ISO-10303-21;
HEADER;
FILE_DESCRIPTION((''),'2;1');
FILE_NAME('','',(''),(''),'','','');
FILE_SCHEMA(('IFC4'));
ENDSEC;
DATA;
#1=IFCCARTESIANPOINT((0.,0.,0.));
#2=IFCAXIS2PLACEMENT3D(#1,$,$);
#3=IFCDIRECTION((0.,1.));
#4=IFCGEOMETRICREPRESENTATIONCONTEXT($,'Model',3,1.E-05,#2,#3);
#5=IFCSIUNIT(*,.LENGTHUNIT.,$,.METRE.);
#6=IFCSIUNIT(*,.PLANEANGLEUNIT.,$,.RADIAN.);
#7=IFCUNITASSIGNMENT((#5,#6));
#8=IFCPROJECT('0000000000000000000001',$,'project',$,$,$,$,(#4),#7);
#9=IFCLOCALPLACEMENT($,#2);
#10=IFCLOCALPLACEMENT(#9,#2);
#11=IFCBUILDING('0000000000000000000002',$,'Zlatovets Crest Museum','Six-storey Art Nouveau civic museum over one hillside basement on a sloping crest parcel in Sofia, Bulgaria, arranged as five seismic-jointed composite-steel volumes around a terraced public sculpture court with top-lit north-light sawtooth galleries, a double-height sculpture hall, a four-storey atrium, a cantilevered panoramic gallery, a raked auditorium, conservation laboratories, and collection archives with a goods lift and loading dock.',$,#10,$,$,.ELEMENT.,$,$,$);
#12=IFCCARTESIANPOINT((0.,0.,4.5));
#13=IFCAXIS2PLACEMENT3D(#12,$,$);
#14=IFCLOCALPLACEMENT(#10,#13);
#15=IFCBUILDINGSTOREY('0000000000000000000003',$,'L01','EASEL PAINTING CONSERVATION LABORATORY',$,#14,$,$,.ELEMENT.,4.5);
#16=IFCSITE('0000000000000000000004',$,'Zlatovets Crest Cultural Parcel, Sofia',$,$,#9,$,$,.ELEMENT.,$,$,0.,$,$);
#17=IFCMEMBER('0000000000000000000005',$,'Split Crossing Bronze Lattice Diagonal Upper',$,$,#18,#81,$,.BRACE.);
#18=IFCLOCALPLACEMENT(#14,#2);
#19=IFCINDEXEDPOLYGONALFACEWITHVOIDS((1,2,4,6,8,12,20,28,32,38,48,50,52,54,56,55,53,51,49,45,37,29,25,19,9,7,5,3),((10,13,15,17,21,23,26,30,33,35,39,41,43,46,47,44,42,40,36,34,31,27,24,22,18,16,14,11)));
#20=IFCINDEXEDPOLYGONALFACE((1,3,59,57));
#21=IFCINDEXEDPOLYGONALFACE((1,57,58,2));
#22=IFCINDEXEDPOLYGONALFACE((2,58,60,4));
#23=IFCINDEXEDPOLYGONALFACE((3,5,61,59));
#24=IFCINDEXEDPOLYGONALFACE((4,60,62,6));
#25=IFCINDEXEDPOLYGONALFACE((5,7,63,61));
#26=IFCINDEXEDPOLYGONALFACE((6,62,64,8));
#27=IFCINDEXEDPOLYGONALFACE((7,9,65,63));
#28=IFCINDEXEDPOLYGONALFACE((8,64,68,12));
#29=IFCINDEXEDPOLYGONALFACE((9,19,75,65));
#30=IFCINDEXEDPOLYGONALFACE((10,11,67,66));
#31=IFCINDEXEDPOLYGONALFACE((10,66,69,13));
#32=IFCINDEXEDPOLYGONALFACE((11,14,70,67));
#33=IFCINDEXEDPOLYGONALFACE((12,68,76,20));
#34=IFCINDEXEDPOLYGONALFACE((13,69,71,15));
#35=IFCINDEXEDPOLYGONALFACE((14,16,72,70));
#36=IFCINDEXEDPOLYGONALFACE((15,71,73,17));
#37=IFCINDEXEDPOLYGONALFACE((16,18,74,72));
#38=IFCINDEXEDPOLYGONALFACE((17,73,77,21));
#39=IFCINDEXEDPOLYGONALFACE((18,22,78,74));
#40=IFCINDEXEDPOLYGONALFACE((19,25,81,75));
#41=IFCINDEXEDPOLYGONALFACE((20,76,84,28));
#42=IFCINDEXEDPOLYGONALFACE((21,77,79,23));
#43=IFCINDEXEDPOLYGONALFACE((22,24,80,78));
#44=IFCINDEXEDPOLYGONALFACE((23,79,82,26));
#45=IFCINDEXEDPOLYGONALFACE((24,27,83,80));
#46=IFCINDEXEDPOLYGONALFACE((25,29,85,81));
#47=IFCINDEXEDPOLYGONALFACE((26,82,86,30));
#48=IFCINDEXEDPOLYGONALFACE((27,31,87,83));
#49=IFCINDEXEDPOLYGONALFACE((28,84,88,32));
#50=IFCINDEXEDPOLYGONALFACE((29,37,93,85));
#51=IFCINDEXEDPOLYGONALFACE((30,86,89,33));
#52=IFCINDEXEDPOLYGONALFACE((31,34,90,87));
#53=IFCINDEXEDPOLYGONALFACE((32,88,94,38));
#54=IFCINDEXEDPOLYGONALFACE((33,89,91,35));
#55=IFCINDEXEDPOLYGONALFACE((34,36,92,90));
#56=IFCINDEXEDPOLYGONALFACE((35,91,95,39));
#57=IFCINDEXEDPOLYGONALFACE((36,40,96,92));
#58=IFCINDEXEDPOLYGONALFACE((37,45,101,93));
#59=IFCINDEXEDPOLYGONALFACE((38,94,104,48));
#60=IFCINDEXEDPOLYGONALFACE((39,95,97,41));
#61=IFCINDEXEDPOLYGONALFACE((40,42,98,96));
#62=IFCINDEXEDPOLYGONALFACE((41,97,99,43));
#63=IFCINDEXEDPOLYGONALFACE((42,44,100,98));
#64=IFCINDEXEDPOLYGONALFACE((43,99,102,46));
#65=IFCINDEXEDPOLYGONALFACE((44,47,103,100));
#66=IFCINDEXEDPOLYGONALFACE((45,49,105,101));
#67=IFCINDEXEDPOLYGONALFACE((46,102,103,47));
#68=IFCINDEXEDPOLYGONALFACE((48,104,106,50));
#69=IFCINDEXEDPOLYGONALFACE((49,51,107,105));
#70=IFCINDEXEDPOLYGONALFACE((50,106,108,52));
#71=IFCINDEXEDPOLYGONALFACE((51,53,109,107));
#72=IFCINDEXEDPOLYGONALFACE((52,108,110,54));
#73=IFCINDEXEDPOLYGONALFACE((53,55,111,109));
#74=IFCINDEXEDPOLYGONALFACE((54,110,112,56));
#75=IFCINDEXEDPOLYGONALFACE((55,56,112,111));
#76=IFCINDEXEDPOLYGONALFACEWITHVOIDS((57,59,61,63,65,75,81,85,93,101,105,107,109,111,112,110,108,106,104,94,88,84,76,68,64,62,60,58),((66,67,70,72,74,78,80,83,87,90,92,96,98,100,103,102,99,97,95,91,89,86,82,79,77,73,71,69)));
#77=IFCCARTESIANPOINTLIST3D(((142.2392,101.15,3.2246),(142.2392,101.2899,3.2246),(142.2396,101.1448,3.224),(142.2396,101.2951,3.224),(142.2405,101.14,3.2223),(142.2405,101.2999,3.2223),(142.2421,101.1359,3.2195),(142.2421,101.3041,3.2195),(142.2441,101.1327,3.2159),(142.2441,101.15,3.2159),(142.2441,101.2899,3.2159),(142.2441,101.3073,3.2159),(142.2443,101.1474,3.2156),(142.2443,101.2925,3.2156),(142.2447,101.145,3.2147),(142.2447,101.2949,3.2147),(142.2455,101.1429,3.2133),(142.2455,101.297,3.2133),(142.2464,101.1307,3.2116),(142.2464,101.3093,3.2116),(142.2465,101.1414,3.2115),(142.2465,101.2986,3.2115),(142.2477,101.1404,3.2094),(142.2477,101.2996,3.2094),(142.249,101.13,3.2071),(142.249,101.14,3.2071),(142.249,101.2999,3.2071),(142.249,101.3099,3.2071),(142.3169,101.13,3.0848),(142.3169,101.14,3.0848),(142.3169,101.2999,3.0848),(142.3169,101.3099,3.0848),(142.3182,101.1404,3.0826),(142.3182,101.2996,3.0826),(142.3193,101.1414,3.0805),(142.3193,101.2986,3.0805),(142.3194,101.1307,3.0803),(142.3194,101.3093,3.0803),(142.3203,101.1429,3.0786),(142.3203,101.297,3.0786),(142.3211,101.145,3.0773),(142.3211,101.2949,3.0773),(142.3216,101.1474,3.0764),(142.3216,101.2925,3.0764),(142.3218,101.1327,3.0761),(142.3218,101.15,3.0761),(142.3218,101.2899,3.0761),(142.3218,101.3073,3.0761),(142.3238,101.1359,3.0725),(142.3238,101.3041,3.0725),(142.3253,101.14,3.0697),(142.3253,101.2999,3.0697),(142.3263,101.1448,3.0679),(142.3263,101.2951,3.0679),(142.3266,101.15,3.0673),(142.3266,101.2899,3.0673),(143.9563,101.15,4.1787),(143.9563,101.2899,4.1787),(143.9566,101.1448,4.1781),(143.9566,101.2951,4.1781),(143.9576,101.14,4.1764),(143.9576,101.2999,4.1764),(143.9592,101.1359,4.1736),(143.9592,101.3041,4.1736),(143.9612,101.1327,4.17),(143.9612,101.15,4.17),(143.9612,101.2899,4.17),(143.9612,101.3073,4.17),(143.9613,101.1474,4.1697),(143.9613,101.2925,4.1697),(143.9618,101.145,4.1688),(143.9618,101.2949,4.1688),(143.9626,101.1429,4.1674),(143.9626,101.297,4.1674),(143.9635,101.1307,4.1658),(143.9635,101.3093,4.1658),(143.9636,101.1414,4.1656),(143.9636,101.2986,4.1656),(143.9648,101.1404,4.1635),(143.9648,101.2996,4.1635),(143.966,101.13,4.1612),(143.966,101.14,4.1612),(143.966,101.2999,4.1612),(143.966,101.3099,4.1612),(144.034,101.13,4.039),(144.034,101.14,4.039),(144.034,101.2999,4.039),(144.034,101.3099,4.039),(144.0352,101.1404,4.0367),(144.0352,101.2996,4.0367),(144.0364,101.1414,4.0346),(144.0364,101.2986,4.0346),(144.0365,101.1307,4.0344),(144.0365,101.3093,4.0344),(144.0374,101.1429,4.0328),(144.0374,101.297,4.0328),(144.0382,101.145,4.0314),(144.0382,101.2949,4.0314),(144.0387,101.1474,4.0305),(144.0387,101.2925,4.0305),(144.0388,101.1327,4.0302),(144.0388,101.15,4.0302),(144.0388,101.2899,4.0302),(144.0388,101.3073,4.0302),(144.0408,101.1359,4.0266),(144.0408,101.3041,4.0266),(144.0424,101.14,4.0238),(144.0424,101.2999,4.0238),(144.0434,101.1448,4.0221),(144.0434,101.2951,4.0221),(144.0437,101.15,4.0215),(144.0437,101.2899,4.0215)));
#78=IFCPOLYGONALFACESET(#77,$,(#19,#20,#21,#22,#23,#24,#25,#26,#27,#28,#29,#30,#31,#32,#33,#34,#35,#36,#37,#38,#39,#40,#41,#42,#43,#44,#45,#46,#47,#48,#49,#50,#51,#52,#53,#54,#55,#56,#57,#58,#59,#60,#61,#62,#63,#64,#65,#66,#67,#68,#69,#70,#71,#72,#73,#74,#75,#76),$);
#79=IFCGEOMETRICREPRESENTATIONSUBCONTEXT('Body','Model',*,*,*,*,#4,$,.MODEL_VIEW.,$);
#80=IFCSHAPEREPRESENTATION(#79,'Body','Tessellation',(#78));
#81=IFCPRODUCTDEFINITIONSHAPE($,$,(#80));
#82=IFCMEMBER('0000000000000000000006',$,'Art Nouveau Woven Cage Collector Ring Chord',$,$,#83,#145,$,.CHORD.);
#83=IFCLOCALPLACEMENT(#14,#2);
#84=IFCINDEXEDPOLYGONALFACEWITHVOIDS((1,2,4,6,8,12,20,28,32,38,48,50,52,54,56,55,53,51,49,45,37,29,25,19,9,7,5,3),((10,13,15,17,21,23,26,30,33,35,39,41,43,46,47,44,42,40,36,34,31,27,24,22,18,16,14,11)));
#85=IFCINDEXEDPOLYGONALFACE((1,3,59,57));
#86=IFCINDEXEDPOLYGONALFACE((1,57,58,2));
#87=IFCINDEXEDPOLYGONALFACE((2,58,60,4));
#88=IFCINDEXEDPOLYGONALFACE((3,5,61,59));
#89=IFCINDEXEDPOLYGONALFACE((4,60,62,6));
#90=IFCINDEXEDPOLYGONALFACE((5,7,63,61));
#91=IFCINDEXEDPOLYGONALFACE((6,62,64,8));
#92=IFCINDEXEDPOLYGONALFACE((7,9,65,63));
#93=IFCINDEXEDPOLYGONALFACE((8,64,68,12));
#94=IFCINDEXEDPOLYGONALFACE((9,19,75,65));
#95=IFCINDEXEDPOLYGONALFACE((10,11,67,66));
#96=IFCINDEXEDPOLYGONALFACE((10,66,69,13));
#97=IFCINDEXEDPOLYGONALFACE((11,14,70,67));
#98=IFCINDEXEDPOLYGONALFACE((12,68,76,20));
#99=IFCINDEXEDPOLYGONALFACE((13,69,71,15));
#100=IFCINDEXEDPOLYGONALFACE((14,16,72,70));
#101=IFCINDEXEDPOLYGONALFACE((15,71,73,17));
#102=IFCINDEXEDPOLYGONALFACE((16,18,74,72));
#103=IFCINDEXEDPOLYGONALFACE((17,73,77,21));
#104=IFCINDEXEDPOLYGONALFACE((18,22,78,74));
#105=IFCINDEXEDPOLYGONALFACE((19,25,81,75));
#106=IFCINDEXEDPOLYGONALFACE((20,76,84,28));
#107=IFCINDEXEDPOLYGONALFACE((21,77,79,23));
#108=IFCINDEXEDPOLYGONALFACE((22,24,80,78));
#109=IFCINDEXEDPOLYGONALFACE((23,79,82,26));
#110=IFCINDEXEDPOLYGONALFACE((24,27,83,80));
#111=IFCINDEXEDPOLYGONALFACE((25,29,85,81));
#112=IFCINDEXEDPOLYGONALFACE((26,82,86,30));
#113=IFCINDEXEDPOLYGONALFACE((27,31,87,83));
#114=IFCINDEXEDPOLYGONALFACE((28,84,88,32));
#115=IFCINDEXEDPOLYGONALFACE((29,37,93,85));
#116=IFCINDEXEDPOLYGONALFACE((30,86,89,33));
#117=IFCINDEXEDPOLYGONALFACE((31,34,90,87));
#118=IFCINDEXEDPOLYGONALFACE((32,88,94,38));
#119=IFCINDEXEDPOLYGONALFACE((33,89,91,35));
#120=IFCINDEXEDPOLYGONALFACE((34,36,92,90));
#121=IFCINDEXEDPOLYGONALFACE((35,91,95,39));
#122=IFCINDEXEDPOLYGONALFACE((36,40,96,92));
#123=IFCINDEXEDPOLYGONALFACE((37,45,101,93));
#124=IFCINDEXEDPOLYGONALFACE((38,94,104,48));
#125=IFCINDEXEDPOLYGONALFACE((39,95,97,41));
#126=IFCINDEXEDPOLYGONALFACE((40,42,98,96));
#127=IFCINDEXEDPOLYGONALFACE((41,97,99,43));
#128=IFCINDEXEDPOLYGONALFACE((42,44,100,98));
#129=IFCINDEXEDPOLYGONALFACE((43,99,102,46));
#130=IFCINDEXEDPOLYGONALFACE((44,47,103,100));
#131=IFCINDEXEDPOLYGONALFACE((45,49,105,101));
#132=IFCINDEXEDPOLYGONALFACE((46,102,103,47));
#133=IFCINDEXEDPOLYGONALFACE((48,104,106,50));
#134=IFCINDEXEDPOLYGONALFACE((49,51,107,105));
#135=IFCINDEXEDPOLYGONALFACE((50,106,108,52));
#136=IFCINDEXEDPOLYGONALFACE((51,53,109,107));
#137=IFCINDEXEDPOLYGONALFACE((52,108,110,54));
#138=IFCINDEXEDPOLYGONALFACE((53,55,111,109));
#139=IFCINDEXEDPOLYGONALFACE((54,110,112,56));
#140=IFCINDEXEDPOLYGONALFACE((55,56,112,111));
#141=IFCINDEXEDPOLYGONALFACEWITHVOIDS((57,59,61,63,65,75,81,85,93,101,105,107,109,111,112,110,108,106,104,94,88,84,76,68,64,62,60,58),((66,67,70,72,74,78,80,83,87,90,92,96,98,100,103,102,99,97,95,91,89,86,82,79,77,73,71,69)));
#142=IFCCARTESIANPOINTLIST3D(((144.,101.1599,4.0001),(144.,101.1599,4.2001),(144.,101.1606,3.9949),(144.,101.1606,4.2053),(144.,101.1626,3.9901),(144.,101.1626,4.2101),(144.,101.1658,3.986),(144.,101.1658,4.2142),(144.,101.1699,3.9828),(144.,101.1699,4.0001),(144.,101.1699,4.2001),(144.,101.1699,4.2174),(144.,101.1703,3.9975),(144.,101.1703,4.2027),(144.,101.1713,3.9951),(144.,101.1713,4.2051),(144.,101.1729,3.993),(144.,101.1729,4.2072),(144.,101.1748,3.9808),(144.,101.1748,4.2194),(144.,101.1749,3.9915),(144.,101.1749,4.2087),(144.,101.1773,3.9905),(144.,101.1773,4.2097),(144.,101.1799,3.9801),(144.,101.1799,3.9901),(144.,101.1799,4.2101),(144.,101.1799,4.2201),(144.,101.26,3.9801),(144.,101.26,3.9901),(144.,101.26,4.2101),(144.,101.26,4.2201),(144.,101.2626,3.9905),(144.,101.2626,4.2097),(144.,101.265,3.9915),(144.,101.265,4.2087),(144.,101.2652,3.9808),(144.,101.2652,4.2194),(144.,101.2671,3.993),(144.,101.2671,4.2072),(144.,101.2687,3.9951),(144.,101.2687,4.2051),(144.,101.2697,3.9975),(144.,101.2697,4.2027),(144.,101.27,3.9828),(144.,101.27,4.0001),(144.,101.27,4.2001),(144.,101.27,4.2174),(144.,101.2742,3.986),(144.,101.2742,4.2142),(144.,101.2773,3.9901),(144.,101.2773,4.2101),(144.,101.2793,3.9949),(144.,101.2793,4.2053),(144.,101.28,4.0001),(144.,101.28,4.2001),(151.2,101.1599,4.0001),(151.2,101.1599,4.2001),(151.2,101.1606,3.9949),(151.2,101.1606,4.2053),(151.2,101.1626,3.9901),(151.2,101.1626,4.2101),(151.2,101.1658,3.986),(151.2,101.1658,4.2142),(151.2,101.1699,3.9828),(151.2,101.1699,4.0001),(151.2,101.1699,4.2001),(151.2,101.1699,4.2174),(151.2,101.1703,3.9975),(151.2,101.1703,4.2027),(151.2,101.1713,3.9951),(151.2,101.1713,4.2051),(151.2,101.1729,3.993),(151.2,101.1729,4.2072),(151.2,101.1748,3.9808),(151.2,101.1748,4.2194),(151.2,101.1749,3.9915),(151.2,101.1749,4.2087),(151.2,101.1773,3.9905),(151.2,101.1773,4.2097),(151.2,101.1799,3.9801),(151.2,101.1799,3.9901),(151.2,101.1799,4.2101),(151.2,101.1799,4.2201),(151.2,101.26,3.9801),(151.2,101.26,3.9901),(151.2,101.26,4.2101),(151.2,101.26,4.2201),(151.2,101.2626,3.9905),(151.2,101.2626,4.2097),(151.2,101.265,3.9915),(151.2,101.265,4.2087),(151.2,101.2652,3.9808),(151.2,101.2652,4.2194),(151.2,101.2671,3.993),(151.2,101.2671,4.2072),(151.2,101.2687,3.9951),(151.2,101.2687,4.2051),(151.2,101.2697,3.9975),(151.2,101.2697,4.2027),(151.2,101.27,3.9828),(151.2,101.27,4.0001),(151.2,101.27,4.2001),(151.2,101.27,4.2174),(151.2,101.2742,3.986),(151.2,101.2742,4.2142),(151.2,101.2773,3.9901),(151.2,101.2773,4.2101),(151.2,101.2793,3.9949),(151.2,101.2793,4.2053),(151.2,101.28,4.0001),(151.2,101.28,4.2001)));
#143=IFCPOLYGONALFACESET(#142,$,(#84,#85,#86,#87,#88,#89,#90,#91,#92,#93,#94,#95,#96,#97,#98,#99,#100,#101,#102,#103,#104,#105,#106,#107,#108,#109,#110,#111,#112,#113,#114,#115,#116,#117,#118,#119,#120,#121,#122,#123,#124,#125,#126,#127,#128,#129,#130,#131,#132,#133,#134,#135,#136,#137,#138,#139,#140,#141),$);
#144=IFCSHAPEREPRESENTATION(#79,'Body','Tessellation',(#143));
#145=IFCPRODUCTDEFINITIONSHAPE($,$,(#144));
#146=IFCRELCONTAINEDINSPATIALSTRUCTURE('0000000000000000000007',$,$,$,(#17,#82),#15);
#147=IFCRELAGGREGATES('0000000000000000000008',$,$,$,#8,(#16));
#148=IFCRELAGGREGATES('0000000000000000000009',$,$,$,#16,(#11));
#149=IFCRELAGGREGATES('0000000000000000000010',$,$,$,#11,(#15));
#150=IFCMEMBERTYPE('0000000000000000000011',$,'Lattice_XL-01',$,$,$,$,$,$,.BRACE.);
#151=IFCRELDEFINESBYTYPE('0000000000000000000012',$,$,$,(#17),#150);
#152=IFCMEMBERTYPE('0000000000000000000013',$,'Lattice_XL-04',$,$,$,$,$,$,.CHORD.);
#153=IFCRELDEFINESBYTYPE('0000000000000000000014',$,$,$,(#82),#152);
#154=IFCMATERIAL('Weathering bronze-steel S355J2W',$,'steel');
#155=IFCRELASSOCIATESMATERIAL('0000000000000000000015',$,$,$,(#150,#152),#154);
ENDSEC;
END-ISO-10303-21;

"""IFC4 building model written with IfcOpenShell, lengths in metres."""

from ifc_helpers import new_model, si_unit, direction, frame, origin, origin_2d, place, context, subcontext, project, spatial, hollow_rectangle, extrude, material, material_profile, profile_set, type_object, element, save


model = new_model("IFC4")

# Units and contexts
model_context = context("Model", 3, precision=1e-05, world=origin(), true_north=direction((0.0, 1.0)))
body_context = subcontext(model_context, "Body", "Model", "MODEL_VIEW")
ifc_project = project(units=[si_unit("LENGTHUNIT", "METRE"), si_unit("PLANEANGLEUNIT", "RADIAN")], contexts=[model_context])

# Site, building, storey
site_placement = place(None, origin())
site = spatial("IfcSite", under=ifc_project, at=site_placement, Name="Zlatovets Crest Cultural Parcel, Sofia", CompositionType="ELEMENT", RefElevation=0.0)
building_placement = place(site_placement, origin())
building = spatial("IfcBuilding", under=site, at=building_placement, Name="Zlatovets Crest Museum", Description="Six-storey Art Nouveau civic museum over one hillside basement on a sloping crest parcel in Sofia, Bulgaria, arranged as five seismic-jointed composite-steel volumes around a terraced public sculpture court with top-lit north-light sawtooth galleries, a double-height sculpture hall, a four-storey atrium, a cantilevered panoramic gallery, a raked auditorium, conservation laboratories, and collection archives with a goods lift and loading dock.", CompositionType="ELEMENT")
storey_placement = place(building_placement, frame((0.0, 0.0, 4.5)))
storey = spatial("IfcBuildingStorey", under=building, at=storey_placement, Name="L01", Description="EASEL PAINTING CONSERVATION LABORATORY", CompositionType="ELEMENT", Elevation=4.5)

# Members
ifc_material_1 = material(Name="Weathering bronze-steel S355J2W", Category="steel")
ifc_material_profile_1 = material_profile(ifc_material_1, hollow_rectangle(XDim=0.1799, YDim=0.1799, WallThickness=0.01, InnerFilletRadius=0.01, OuterFilletRadius=0.02, at=origin_2d()), Name="SHS 180x180x10.0")
ifc_profile_set_1 = profile_set([ifc_material_profile_1], Name="Weathering bronze-steel S355J2W")
member_type_1 = type_object("IfcMemberType", Name="Lattice_XL-01", PredefinedType="BRACE", material=ifc_profile_set_1)
member_1_placement = place(storey_placement, frame((144.0, 101.22, 4.1001), z_axis=(-0.874116, 0.0, -0.485717), x_axis=(0.0, -1.0, 0.0)))
element("IfcMember", 1, at=member_1_placement, inside=storey, type_object=member_type_1, Name="Split Crossing Bronze Lattice Diagonal Upper", PredefinedType="BRACE", context=body_context, shape_type="SweptSolid", body=[
    extrude(hollow_rectangle(XDim=0.1799, YDim=0.1799, WallThickness=0.01, InnerFilletRadius=0.01, OuterFilletRadius=0.02, at=origin_2d()), origin(), (0.0, 0.0, 1.0), 1.9644),
])
ifc_material_profile_2 = material_profile(ifc_material_1, hollow_rectangle(XDim=0.1201, YDim=0.24, WallThickness=0.01, InnerFilletRadius=0.01, OuterFilletRadius=0.02, at=origin_2d()), Name="RHS 120x240x10.0")
ifc_profile_set_2 = profile_set([ifc_material_profile_2], Name="Weathering bronze-steel S355J2W")
member_type_2 = type_object("IfcMemberType", Name="Lattice_XL-04", PredefinedType="CHORD", material=ifc_profile_set_2)
for number, where, z_axis, x_axis, name in (
    (2, (151.2, 101.22, 4.1001), (-1.0, 0.0, 0.0), (0.0, -1.0, 0.0), "Art Nouveau Woven Cage Collector Ring Chord"),
):
    element("IfcMember", number, at=place(storey_placement, frame(where, z_axis=z_axis, x_axis=x_axis)), inside=storey, type_object=member_type_2, Name=name, PredefinedType="CHORD", context=body_context, shape_type="SweptSolid", body=[
        extrude(hollow_rectangle(XDim=0.1201, YDim=0.24, WallThickness=0.01, InnerFilletRadius=0.01, OuterFilletRadius=0.02, at=origin_2d()), origin(), (0.0, 0.0, 1.0), 7.2),
    ])

save(model, "model.ifc")
